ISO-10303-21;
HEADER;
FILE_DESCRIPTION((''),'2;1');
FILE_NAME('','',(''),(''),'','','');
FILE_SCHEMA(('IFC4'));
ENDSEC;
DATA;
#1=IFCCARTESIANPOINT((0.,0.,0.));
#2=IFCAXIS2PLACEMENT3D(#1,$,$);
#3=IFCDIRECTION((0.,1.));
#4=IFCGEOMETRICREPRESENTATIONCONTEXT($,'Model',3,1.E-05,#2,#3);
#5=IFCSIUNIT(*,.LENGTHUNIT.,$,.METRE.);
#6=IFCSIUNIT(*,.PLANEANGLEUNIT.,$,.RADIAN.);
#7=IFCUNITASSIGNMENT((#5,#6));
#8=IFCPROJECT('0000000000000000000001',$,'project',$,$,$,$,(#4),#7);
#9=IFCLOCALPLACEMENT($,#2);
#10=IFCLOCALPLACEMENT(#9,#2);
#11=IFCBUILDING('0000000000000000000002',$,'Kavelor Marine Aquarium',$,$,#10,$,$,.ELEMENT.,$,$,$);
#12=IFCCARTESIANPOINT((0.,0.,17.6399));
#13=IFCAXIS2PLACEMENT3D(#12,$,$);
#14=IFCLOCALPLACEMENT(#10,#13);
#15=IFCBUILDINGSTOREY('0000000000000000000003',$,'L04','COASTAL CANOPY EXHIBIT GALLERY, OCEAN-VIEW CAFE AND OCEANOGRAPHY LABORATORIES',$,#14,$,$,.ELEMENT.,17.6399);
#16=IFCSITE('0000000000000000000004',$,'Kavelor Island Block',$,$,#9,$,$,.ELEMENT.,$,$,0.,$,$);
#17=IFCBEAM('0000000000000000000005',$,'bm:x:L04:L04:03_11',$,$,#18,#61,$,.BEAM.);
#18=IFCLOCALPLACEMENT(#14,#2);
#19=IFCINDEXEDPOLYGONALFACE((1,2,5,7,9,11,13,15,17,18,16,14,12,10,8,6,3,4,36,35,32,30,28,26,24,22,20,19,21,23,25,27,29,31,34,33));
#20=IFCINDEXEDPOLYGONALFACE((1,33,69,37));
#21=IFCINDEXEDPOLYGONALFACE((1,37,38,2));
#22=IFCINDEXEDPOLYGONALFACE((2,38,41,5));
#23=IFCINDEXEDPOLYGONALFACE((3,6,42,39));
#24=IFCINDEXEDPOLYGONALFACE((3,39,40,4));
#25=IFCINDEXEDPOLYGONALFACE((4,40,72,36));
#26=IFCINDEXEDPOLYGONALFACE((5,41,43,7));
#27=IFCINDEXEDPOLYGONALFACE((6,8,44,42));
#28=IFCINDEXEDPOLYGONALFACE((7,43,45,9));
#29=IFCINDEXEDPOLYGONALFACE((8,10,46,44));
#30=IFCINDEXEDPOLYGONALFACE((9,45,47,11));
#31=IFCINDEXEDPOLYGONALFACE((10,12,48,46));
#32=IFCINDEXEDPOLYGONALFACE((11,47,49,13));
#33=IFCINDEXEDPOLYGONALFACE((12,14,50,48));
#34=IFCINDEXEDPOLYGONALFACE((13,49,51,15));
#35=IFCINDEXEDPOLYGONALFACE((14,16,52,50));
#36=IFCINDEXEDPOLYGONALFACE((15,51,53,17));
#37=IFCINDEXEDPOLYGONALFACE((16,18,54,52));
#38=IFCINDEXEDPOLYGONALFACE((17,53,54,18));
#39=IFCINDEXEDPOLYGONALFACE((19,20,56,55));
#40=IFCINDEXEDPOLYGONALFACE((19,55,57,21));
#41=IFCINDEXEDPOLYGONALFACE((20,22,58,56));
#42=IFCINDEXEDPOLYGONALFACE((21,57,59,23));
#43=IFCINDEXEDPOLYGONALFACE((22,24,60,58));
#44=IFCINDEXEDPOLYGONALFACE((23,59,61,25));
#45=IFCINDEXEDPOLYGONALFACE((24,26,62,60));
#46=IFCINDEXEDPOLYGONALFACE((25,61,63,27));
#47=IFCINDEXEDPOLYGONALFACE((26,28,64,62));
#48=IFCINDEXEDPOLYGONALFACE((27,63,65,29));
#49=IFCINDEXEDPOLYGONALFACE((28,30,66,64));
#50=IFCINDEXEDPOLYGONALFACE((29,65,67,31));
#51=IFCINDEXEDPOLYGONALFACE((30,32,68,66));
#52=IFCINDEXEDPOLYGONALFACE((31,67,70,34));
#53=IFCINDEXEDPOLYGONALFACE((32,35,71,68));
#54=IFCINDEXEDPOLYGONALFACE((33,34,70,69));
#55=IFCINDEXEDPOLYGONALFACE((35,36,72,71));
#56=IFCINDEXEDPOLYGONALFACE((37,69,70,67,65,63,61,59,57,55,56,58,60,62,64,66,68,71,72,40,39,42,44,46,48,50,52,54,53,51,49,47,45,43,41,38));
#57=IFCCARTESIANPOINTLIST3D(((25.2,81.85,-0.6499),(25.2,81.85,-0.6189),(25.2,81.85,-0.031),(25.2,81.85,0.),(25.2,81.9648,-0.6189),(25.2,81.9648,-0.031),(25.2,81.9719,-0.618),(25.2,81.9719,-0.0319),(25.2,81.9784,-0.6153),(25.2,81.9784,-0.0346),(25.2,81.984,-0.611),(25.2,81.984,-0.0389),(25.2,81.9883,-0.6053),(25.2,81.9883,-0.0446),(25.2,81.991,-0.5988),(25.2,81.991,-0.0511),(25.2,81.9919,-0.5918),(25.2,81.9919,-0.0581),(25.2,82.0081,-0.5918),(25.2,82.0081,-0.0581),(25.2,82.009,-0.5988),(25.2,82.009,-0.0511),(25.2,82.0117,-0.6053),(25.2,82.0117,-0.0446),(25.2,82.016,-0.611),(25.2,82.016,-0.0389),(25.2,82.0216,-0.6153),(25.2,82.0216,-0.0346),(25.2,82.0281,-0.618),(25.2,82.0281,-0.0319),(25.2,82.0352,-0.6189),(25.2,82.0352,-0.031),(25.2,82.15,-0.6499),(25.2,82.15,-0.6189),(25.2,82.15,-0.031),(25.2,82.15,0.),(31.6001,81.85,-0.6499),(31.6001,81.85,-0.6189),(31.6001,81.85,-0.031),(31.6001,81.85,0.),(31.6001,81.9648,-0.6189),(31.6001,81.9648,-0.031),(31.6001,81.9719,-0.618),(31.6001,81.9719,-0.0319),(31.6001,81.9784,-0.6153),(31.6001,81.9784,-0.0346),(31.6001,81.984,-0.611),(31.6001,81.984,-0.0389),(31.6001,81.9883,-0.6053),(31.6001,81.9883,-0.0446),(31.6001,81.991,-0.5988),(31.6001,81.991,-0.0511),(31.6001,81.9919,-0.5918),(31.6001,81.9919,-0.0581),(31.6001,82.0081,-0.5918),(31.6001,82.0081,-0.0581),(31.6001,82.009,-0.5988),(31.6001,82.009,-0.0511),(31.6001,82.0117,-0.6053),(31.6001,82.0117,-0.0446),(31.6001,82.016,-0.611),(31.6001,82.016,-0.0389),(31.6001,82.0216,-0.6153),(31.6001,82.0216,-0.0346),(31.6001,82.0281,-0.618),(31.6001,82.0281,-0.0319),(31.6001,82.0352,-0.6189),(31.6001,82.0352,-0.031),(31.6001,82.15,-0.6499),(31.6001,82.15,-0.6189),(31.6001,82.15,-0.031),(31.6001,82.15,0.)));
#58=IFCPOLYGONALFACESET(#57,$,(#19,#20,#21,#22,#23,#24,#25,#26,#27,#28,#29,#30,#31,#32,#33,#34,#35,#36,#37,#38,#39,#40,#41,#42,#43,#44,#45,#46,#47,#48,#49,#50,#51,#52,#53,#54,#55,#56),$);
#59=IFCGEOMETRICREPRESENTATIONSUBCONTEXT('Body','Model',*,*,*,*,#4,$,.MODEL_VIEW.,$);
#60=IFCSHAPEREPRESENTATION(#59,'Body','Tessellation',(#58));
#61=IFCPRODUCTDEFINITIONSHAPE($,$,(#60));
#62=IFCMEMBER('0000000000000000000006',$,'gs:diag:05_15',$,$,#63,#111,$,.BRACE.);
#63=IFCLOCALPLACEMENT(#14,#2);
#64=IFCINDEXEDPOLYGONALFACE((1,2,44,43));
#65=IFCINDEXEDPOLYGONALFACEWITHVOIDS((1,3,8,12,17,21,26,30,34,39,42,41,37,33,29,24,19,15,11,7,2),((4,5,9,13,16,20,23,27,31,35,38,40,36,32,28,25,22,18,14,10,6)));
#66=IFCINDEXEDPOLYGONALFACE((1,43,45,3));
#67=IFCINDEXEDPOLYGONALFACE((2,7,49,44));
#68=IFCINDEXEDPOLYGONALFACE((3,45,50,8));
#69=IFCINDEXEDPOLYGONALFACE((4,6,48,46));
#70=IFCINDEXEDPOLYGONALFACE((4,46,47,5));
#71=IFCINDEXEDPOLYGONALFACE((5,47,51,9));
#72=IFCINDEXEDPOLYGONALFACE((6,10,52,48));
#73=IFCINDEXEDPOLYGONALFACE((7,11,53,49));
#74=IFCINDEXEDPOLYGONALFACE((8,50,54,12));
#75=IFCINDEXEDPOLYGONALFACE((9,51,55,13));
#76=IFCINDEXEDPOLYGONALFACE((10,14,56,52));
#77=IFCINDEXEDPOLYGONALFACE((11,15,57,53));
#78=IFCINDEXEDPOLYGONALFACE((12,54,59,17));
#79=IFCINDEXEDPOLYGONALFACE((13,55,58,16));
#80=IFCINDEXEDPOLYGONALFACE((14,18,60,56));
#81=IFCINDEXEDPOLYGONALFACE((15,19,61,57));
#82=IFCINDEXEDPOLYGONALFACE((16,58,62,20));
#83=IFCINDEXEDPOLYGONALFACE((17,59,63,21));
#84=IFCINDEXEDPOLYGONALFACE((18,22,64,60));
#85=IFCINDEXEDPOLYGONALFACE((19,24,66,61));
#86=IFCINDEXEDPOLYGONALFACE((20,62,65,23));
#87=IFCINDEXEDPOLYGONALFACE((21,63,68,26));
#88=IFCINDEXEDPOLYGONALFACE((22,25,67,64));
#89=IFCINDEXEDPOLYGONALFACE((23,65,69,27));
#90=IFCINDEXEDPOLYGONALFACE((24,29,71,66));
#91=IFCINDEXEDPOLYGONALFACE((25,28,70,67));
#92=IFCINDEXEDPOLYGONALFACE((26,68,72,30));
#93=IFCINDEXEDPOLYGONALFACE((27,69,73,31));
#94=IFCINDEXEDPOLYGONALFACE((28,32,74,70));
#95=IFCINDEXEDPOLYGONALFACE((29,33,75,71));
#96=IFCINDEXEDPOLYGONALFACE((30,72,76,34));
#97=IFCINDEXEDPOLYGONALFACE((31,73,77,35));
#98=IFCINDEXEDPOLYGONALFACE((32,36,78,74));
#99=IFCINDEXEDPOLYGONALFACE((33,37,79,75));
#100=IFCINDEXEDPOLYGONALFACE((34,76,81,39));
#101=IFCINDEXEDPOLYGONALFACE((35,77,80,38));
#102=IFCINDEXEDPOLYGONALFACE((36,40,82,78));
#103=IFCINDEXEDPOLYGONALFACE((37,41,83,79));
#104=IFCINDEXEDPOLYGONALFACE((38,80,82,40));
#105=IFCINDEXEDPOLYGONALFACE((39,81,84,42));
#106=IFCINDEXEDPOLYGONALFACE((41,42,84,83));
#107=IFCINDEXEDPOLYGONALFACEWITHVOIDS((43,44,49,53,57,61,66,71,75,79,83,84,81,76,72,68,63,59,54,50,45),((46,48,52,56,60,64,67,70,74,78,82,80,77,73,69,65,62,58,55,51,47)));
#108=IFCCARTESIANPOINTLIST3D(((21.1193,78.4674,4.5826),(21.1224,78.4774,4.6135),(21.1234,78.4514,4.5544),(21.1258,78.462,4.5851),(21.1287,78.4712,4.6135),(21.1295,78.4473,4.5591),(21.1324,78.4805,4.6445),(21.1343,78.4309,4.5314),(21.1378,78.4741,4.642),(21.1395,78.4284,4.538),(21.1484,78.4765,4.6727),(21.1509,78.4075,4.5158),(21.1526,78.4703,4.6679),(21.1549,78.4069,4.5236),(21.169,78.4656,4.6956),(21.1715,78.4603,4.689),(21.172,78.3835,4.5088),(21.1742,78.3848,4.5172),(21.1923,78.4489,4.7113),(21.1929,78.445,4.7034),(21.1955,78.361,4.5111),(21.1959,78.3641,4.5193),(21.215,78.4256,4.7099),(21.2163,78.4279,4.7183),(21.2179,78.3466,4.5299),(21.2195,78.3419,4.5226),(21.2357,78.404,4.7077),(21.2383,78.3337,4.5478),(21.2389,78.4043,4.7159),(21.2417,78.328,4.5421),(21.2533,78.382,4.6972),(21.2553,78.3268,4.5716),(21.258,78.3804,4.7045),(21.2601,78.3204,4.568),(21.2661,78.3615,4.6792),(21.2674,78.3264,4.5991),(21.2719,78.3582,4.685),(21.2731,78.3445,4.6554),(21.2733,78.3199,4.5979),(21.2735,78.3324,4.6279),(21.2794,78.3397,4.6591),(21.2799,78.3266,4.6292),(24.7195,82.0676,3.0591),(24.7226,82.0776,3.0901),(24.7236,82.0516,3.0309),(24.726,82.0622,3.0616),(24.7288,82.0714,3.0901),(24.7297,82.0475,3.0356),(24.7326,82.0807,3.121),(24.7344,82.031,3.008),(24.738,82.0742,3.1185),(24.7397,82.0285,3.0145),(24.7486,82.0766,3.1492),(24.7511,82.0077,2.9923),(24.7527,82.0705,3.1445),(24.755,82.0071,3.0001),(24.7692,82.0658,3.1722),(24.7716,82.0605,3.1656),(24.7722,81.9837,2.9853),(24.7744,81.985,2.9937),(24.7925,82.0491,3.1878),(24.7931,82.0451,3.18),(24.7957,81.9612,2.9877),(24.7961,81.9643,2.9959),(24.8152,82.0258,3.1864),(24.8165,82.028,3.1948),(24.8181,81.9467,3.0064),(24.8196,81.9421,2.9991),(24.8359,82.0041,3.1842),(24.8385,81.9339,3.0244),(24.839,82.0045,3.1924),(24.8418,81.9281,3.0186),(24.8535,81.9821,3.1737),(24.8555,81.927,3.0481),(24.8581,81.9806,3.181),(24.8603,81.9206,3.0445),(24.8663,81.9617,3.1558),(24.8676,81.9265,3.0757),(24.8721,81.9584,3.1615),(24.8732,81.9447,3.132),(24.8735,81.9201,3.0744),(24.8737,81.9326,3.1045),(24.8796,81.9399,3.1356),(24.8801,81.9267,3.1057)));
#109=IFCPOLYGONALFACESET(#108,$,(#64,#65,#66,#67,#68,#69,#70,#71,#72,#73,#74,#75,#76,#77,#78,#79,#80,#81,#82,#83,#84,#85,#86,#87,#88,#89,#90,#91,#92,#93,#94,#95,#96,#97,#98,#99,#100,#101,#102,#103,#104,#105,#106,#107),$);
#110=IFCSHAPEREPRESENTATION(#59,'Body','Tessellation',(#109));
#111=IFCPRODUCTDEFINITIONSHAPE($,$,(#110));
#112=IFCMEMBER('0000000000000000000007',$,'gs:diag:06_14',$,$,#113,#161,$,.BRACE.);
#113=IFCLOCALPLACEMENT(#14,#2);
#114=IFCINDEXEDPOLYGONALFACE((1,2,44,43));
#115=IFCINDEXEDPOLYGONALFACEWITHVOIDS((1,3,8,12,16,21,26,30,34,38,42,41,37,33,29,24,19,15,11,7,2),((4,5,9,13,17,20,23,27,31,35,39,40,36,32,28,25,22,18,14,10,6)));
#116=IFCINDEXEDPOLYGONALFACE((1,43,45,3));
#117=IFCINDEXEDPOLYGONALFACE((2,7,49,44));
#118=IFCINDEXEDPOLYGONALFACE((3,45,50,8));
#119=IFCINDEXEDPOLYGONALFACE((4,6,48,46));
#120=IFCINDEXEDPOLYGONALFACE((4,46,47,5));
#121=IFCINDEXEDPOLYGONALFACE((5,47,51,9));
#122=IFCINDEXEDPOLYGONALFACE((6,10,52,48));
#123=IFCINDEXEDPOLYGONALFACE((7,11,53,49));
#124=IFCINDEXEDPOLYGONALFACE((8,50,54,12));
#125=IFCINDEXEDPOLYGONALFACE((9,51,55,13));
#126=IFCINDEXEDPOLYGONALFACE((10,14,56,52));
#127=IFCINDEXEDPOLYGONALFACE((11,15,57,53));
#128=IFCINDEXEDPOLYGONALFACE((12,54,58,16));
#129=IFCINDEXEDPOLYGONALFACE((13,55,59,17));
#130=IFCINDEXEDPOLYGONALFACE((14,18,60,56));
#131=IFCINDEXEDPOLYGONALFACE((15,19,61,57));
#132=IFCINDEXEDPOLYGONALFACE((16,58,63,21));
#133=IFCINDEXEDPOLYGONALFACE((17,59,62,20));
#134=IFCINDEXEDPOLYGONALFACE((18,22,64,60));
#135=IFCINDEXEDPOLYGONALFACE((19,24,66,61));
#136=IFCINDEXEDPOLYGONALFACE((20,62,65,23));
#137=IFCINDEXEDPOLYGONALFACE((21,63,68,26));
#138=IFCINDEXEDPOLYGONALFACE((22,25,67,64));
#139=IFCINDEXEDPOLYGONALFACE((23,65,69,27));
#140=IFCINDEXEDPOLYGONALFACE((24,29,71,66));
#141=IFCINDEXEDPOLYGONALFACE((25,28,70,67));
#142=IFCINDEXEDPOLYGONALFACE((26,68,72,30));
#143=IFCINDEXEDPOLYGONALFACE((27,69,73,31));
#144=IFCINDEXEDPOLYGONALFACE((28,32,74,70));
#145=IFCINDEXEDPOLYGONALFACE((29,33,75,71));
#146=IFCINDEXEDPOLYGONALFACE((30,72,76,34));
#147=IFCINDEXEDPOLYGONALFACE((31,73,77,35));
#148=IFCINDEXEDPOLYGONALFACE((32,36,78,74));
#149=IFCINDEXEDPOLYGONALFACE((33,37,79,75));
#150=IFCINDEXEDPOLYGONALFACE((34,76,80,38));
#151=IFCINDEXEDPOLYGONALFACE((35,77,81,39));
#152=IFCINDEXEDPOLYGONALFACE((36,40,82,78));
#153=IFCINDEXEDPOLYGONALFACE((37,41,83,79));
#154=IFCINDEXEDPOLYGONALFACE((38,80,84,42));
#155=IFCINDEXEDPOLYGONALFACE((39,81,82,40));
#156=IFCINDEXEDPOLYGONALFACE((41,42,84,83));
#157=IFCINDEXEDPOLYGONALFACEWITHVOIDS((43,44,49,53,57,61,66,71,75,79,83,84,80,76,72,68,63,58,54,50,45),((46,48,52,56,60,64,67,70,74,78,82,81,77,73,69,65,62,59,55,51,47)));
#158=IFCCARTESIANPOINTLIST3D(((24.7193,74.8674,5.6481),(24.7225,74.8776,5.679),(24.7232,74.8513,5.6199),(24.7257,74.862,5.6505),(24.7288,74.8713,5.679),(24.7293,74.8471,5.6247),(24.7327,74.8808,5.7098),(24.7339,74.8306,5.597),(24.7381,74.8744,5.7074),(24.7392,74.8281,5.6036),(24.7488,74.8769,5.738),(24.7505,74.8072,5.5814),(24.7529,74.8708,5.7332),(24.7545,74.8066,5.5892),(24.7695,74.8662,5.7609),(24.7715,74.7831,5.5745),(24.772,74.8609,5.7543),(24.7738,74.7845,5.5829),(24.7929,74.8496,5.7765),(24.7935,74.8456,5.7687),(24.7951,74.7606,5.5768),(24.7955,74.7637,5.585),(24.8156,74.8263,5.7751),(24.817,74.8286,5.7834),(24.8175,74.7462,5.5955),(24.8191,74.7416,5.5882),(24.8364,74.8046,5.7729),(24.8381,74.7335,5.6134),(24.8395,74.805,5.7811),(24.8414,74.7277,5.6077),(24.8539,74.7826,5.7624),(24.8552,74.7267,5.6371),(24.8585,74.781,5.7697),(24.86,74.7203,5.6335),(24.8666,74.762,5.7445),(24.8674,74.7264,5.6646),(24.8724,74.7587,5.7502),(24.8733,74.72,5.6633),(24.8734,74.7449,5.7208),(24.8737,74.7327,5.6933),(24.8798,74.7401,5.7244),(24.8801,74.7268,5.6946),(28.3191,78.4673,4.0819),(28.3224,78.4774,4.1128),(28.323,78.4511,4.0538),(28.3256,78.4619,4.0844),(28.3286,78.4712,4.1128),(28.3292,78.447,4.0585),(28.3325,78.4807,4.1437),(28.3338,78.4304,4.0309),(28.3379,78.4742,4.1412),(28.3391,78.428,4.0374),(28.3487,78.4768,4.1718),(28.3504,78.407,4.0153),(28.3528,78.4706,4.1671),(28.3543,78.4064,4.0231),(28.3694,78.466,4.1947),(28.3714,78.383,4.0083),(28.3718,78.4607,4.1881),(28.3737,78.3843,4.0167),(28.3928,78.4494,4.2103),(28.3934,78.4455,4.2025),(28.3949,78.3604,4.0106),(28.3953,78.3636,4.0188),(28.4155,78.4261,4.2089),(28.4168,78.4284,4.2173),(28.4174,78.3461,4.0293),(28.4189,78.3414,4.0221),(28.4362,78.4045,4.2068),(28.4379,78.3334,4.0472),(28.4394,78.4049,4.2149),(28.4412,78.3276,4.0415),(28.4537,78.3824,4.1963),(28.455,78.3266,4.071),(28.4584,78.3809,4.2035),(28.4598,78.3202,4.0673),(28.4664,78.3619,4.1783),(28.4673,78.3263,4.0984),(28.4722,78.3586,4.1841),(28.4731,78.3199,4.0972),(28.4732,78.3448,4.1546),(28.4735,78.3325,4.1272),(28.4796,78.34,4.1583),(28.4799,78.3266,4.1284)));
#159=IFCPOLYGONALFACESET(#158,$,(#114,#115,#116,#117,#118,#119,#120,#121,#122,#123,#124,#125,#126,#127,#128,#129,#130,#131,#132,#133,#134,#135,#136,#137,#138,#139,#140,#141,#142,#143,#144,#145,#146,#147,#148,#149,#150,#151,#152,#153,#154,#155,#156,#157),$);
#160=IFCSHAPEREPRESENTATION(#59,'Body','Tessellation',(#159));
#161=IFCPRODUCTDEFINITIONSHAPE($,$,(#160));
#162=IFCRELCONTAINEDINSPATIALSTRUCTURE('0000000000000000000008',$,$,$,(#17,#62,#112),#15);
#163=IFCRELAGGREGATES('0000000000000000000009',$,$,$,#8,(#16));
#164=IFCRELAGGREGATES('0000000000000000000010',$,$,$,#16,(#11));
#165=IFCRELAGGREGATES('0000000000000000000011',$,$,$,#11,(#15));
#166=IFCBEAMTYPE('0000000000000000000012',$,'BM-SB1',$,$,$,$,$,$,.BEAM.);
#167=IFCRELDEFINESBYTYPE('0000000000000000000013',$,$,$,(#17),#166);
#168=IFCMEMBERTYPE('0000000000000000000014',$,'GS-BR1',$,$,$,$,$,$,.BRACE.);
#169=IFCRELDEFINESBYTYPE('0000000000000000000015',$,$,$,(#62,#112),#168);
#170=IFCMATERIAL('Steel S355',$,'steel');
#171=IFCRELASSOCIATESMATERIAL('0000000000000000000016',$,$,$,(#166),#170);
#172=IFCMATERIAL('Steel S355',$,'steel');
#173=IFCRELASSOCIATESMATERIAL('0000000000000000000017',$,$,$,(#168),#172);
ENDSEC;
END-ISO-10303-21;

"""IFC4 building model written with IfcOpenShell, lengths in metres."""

from ifc_helpers import new_model, si_unit, direction, frame, origin, origin_2d, place, context, subcontext, project, spatial, hollow_circle, i_section, extrude, material, material_profile, profile_set, type_object, element, save


model = new_model("IFC4")

# Units and contexts
model_context = context("Model", 3, precision=1e-05, world=origin(), true_north=direction((0.0, 1.0)))
body_context = subcontext(model_context, "Body", "Model", "MODEL_VIEW")
ifc_project = project(units=[si_unit("LENGTHUNIT", "METRE"), si_unit("PLANEANGLEUNIT", "RADIAN")], contexts=[model_context])

# Site, building, storey
site_placement = place(None, origin())
site = spatial("IfcSite", under=ifc_project, at=site_placement, Name="Kavelor Island Block", CompositionType="ELEMENT", RefElevation=0.0)
building_placement = place(site_placement, origin())
building = spatial("IfcBuilding", under=site, at=building_placement, Name="Kavelor Marine Aquarium", CompositionType="ELEMENT")
storey_placement = place(building_placement, frame((0.0, 0.0, 17.6399)))
storey = spatial("IfcBuildingStorey", under=building, at=storey_placement, Name="L04", Description="COASTAL CANOPY EXHIBIT GALLERY, OCEAN-VIEW CAFE AND OCEANOGRAPHY LABORATORIES", CompositionType="ELEMENT", Elevation=17.6399)

# Beam
ifc_material_1 = material(Name="Steel S355", Category="steel")
ifc_material_profile_1 = material_profile(ifc_material_1, i_section(OverallWidth=0.3, OverallDepth=0.6499, WebThickness=0.0161, FlangeThickness=0.031, FilletRadius=0.0271, at=origin_2d()), Name="HEB 650")
ifc_profile_set_1 = profile_set([ifc_material_profile_1], Name="Steel S355")
beam_type = type_object("IfcBeamType", Name="BM-SB1", PredefinedType="BEAM", material=ifc_profile_set_1)
beam_placement = place(storey_placement, frame((25.2, 82.0, -0.325), z_axis=(1.0, 0.0, 0.0), x_axis=(0.0, 1.0, 0.0)))
element("IfcBeam", 1, at=beam_placement, inside=storey, type_object=beam_type, Name="bm:x:L04:L04:03_11", PredefinedType="BEAM", context=body_context, shape_type="SweptSolid", body=[
    extrude(i_section(OverallWidth=0.3, OverallDepth=0.6499, WebThickness=0.0161, FlangeThickness=0.031, FilletRadius=0.0271, at=origin_2d()), origin(), (0.0, 0.0, 1.0), 6.4001),
])

# Members
ifc_material_2 = material(Name="Steel S355", Category="steel")
ifc_material_profile_2 = material_profile(ifc_material_2, hollow_circle(Radius=0.1096, WallThickness=0.0088, at=origin_2d()), Name="CHS 219.1x8.8")
ifc_profile_set_2 = profile_set([ifc_material_profile_2], Name="Steel S355")
member_type_1 = type_object("IfcMemberType", Name="GS-BR1", PredefinedType="BRACE", material=ifc_profile_set_2)
member_1_placement = place(storey_placement, frame((21.2, 78.3999, 4.6135), z_axis=(0.67743, 0.67743, -0.286665), x_axis=(-0.707107, 0.707107, 0.0)))
element("IfcMember", 2, at=member_1_placement, inside=storey, type_object=member_type_1, Name="gs:diag:05_15", PredefinedType="BRACE", context=body_context, shape_type="SweptSolid", body=[
    extrude(hollow_circle(Radius=0.1096, WallThickness=0.0088, at=origin_2d()), origin(), (0.0, 0.0, 1.0), 5.3145),
])
member_2_placement = place(storey_placement, frame((24.8, 74.8, 5.679), z_axis=(0.675849, 0.675849, -0.294037), x_axis=(-0.707107, 0.707107, 0.0)))
element("IfcMember", 3, at=member_2_placement, inside=storey, type_object=member_type_1, Name="gs:diag:06_14", PredefinedType="BRACE", context=body_context, shape_type="SweptSolid", body=[
    extrude(hollow_circle(Radius=0.1096, WallThickness=0.0088, at=origin_2d()), origin(), (0.0, 0.0, 1.0), 5.3264),
])

save(model, "model.ifc")
